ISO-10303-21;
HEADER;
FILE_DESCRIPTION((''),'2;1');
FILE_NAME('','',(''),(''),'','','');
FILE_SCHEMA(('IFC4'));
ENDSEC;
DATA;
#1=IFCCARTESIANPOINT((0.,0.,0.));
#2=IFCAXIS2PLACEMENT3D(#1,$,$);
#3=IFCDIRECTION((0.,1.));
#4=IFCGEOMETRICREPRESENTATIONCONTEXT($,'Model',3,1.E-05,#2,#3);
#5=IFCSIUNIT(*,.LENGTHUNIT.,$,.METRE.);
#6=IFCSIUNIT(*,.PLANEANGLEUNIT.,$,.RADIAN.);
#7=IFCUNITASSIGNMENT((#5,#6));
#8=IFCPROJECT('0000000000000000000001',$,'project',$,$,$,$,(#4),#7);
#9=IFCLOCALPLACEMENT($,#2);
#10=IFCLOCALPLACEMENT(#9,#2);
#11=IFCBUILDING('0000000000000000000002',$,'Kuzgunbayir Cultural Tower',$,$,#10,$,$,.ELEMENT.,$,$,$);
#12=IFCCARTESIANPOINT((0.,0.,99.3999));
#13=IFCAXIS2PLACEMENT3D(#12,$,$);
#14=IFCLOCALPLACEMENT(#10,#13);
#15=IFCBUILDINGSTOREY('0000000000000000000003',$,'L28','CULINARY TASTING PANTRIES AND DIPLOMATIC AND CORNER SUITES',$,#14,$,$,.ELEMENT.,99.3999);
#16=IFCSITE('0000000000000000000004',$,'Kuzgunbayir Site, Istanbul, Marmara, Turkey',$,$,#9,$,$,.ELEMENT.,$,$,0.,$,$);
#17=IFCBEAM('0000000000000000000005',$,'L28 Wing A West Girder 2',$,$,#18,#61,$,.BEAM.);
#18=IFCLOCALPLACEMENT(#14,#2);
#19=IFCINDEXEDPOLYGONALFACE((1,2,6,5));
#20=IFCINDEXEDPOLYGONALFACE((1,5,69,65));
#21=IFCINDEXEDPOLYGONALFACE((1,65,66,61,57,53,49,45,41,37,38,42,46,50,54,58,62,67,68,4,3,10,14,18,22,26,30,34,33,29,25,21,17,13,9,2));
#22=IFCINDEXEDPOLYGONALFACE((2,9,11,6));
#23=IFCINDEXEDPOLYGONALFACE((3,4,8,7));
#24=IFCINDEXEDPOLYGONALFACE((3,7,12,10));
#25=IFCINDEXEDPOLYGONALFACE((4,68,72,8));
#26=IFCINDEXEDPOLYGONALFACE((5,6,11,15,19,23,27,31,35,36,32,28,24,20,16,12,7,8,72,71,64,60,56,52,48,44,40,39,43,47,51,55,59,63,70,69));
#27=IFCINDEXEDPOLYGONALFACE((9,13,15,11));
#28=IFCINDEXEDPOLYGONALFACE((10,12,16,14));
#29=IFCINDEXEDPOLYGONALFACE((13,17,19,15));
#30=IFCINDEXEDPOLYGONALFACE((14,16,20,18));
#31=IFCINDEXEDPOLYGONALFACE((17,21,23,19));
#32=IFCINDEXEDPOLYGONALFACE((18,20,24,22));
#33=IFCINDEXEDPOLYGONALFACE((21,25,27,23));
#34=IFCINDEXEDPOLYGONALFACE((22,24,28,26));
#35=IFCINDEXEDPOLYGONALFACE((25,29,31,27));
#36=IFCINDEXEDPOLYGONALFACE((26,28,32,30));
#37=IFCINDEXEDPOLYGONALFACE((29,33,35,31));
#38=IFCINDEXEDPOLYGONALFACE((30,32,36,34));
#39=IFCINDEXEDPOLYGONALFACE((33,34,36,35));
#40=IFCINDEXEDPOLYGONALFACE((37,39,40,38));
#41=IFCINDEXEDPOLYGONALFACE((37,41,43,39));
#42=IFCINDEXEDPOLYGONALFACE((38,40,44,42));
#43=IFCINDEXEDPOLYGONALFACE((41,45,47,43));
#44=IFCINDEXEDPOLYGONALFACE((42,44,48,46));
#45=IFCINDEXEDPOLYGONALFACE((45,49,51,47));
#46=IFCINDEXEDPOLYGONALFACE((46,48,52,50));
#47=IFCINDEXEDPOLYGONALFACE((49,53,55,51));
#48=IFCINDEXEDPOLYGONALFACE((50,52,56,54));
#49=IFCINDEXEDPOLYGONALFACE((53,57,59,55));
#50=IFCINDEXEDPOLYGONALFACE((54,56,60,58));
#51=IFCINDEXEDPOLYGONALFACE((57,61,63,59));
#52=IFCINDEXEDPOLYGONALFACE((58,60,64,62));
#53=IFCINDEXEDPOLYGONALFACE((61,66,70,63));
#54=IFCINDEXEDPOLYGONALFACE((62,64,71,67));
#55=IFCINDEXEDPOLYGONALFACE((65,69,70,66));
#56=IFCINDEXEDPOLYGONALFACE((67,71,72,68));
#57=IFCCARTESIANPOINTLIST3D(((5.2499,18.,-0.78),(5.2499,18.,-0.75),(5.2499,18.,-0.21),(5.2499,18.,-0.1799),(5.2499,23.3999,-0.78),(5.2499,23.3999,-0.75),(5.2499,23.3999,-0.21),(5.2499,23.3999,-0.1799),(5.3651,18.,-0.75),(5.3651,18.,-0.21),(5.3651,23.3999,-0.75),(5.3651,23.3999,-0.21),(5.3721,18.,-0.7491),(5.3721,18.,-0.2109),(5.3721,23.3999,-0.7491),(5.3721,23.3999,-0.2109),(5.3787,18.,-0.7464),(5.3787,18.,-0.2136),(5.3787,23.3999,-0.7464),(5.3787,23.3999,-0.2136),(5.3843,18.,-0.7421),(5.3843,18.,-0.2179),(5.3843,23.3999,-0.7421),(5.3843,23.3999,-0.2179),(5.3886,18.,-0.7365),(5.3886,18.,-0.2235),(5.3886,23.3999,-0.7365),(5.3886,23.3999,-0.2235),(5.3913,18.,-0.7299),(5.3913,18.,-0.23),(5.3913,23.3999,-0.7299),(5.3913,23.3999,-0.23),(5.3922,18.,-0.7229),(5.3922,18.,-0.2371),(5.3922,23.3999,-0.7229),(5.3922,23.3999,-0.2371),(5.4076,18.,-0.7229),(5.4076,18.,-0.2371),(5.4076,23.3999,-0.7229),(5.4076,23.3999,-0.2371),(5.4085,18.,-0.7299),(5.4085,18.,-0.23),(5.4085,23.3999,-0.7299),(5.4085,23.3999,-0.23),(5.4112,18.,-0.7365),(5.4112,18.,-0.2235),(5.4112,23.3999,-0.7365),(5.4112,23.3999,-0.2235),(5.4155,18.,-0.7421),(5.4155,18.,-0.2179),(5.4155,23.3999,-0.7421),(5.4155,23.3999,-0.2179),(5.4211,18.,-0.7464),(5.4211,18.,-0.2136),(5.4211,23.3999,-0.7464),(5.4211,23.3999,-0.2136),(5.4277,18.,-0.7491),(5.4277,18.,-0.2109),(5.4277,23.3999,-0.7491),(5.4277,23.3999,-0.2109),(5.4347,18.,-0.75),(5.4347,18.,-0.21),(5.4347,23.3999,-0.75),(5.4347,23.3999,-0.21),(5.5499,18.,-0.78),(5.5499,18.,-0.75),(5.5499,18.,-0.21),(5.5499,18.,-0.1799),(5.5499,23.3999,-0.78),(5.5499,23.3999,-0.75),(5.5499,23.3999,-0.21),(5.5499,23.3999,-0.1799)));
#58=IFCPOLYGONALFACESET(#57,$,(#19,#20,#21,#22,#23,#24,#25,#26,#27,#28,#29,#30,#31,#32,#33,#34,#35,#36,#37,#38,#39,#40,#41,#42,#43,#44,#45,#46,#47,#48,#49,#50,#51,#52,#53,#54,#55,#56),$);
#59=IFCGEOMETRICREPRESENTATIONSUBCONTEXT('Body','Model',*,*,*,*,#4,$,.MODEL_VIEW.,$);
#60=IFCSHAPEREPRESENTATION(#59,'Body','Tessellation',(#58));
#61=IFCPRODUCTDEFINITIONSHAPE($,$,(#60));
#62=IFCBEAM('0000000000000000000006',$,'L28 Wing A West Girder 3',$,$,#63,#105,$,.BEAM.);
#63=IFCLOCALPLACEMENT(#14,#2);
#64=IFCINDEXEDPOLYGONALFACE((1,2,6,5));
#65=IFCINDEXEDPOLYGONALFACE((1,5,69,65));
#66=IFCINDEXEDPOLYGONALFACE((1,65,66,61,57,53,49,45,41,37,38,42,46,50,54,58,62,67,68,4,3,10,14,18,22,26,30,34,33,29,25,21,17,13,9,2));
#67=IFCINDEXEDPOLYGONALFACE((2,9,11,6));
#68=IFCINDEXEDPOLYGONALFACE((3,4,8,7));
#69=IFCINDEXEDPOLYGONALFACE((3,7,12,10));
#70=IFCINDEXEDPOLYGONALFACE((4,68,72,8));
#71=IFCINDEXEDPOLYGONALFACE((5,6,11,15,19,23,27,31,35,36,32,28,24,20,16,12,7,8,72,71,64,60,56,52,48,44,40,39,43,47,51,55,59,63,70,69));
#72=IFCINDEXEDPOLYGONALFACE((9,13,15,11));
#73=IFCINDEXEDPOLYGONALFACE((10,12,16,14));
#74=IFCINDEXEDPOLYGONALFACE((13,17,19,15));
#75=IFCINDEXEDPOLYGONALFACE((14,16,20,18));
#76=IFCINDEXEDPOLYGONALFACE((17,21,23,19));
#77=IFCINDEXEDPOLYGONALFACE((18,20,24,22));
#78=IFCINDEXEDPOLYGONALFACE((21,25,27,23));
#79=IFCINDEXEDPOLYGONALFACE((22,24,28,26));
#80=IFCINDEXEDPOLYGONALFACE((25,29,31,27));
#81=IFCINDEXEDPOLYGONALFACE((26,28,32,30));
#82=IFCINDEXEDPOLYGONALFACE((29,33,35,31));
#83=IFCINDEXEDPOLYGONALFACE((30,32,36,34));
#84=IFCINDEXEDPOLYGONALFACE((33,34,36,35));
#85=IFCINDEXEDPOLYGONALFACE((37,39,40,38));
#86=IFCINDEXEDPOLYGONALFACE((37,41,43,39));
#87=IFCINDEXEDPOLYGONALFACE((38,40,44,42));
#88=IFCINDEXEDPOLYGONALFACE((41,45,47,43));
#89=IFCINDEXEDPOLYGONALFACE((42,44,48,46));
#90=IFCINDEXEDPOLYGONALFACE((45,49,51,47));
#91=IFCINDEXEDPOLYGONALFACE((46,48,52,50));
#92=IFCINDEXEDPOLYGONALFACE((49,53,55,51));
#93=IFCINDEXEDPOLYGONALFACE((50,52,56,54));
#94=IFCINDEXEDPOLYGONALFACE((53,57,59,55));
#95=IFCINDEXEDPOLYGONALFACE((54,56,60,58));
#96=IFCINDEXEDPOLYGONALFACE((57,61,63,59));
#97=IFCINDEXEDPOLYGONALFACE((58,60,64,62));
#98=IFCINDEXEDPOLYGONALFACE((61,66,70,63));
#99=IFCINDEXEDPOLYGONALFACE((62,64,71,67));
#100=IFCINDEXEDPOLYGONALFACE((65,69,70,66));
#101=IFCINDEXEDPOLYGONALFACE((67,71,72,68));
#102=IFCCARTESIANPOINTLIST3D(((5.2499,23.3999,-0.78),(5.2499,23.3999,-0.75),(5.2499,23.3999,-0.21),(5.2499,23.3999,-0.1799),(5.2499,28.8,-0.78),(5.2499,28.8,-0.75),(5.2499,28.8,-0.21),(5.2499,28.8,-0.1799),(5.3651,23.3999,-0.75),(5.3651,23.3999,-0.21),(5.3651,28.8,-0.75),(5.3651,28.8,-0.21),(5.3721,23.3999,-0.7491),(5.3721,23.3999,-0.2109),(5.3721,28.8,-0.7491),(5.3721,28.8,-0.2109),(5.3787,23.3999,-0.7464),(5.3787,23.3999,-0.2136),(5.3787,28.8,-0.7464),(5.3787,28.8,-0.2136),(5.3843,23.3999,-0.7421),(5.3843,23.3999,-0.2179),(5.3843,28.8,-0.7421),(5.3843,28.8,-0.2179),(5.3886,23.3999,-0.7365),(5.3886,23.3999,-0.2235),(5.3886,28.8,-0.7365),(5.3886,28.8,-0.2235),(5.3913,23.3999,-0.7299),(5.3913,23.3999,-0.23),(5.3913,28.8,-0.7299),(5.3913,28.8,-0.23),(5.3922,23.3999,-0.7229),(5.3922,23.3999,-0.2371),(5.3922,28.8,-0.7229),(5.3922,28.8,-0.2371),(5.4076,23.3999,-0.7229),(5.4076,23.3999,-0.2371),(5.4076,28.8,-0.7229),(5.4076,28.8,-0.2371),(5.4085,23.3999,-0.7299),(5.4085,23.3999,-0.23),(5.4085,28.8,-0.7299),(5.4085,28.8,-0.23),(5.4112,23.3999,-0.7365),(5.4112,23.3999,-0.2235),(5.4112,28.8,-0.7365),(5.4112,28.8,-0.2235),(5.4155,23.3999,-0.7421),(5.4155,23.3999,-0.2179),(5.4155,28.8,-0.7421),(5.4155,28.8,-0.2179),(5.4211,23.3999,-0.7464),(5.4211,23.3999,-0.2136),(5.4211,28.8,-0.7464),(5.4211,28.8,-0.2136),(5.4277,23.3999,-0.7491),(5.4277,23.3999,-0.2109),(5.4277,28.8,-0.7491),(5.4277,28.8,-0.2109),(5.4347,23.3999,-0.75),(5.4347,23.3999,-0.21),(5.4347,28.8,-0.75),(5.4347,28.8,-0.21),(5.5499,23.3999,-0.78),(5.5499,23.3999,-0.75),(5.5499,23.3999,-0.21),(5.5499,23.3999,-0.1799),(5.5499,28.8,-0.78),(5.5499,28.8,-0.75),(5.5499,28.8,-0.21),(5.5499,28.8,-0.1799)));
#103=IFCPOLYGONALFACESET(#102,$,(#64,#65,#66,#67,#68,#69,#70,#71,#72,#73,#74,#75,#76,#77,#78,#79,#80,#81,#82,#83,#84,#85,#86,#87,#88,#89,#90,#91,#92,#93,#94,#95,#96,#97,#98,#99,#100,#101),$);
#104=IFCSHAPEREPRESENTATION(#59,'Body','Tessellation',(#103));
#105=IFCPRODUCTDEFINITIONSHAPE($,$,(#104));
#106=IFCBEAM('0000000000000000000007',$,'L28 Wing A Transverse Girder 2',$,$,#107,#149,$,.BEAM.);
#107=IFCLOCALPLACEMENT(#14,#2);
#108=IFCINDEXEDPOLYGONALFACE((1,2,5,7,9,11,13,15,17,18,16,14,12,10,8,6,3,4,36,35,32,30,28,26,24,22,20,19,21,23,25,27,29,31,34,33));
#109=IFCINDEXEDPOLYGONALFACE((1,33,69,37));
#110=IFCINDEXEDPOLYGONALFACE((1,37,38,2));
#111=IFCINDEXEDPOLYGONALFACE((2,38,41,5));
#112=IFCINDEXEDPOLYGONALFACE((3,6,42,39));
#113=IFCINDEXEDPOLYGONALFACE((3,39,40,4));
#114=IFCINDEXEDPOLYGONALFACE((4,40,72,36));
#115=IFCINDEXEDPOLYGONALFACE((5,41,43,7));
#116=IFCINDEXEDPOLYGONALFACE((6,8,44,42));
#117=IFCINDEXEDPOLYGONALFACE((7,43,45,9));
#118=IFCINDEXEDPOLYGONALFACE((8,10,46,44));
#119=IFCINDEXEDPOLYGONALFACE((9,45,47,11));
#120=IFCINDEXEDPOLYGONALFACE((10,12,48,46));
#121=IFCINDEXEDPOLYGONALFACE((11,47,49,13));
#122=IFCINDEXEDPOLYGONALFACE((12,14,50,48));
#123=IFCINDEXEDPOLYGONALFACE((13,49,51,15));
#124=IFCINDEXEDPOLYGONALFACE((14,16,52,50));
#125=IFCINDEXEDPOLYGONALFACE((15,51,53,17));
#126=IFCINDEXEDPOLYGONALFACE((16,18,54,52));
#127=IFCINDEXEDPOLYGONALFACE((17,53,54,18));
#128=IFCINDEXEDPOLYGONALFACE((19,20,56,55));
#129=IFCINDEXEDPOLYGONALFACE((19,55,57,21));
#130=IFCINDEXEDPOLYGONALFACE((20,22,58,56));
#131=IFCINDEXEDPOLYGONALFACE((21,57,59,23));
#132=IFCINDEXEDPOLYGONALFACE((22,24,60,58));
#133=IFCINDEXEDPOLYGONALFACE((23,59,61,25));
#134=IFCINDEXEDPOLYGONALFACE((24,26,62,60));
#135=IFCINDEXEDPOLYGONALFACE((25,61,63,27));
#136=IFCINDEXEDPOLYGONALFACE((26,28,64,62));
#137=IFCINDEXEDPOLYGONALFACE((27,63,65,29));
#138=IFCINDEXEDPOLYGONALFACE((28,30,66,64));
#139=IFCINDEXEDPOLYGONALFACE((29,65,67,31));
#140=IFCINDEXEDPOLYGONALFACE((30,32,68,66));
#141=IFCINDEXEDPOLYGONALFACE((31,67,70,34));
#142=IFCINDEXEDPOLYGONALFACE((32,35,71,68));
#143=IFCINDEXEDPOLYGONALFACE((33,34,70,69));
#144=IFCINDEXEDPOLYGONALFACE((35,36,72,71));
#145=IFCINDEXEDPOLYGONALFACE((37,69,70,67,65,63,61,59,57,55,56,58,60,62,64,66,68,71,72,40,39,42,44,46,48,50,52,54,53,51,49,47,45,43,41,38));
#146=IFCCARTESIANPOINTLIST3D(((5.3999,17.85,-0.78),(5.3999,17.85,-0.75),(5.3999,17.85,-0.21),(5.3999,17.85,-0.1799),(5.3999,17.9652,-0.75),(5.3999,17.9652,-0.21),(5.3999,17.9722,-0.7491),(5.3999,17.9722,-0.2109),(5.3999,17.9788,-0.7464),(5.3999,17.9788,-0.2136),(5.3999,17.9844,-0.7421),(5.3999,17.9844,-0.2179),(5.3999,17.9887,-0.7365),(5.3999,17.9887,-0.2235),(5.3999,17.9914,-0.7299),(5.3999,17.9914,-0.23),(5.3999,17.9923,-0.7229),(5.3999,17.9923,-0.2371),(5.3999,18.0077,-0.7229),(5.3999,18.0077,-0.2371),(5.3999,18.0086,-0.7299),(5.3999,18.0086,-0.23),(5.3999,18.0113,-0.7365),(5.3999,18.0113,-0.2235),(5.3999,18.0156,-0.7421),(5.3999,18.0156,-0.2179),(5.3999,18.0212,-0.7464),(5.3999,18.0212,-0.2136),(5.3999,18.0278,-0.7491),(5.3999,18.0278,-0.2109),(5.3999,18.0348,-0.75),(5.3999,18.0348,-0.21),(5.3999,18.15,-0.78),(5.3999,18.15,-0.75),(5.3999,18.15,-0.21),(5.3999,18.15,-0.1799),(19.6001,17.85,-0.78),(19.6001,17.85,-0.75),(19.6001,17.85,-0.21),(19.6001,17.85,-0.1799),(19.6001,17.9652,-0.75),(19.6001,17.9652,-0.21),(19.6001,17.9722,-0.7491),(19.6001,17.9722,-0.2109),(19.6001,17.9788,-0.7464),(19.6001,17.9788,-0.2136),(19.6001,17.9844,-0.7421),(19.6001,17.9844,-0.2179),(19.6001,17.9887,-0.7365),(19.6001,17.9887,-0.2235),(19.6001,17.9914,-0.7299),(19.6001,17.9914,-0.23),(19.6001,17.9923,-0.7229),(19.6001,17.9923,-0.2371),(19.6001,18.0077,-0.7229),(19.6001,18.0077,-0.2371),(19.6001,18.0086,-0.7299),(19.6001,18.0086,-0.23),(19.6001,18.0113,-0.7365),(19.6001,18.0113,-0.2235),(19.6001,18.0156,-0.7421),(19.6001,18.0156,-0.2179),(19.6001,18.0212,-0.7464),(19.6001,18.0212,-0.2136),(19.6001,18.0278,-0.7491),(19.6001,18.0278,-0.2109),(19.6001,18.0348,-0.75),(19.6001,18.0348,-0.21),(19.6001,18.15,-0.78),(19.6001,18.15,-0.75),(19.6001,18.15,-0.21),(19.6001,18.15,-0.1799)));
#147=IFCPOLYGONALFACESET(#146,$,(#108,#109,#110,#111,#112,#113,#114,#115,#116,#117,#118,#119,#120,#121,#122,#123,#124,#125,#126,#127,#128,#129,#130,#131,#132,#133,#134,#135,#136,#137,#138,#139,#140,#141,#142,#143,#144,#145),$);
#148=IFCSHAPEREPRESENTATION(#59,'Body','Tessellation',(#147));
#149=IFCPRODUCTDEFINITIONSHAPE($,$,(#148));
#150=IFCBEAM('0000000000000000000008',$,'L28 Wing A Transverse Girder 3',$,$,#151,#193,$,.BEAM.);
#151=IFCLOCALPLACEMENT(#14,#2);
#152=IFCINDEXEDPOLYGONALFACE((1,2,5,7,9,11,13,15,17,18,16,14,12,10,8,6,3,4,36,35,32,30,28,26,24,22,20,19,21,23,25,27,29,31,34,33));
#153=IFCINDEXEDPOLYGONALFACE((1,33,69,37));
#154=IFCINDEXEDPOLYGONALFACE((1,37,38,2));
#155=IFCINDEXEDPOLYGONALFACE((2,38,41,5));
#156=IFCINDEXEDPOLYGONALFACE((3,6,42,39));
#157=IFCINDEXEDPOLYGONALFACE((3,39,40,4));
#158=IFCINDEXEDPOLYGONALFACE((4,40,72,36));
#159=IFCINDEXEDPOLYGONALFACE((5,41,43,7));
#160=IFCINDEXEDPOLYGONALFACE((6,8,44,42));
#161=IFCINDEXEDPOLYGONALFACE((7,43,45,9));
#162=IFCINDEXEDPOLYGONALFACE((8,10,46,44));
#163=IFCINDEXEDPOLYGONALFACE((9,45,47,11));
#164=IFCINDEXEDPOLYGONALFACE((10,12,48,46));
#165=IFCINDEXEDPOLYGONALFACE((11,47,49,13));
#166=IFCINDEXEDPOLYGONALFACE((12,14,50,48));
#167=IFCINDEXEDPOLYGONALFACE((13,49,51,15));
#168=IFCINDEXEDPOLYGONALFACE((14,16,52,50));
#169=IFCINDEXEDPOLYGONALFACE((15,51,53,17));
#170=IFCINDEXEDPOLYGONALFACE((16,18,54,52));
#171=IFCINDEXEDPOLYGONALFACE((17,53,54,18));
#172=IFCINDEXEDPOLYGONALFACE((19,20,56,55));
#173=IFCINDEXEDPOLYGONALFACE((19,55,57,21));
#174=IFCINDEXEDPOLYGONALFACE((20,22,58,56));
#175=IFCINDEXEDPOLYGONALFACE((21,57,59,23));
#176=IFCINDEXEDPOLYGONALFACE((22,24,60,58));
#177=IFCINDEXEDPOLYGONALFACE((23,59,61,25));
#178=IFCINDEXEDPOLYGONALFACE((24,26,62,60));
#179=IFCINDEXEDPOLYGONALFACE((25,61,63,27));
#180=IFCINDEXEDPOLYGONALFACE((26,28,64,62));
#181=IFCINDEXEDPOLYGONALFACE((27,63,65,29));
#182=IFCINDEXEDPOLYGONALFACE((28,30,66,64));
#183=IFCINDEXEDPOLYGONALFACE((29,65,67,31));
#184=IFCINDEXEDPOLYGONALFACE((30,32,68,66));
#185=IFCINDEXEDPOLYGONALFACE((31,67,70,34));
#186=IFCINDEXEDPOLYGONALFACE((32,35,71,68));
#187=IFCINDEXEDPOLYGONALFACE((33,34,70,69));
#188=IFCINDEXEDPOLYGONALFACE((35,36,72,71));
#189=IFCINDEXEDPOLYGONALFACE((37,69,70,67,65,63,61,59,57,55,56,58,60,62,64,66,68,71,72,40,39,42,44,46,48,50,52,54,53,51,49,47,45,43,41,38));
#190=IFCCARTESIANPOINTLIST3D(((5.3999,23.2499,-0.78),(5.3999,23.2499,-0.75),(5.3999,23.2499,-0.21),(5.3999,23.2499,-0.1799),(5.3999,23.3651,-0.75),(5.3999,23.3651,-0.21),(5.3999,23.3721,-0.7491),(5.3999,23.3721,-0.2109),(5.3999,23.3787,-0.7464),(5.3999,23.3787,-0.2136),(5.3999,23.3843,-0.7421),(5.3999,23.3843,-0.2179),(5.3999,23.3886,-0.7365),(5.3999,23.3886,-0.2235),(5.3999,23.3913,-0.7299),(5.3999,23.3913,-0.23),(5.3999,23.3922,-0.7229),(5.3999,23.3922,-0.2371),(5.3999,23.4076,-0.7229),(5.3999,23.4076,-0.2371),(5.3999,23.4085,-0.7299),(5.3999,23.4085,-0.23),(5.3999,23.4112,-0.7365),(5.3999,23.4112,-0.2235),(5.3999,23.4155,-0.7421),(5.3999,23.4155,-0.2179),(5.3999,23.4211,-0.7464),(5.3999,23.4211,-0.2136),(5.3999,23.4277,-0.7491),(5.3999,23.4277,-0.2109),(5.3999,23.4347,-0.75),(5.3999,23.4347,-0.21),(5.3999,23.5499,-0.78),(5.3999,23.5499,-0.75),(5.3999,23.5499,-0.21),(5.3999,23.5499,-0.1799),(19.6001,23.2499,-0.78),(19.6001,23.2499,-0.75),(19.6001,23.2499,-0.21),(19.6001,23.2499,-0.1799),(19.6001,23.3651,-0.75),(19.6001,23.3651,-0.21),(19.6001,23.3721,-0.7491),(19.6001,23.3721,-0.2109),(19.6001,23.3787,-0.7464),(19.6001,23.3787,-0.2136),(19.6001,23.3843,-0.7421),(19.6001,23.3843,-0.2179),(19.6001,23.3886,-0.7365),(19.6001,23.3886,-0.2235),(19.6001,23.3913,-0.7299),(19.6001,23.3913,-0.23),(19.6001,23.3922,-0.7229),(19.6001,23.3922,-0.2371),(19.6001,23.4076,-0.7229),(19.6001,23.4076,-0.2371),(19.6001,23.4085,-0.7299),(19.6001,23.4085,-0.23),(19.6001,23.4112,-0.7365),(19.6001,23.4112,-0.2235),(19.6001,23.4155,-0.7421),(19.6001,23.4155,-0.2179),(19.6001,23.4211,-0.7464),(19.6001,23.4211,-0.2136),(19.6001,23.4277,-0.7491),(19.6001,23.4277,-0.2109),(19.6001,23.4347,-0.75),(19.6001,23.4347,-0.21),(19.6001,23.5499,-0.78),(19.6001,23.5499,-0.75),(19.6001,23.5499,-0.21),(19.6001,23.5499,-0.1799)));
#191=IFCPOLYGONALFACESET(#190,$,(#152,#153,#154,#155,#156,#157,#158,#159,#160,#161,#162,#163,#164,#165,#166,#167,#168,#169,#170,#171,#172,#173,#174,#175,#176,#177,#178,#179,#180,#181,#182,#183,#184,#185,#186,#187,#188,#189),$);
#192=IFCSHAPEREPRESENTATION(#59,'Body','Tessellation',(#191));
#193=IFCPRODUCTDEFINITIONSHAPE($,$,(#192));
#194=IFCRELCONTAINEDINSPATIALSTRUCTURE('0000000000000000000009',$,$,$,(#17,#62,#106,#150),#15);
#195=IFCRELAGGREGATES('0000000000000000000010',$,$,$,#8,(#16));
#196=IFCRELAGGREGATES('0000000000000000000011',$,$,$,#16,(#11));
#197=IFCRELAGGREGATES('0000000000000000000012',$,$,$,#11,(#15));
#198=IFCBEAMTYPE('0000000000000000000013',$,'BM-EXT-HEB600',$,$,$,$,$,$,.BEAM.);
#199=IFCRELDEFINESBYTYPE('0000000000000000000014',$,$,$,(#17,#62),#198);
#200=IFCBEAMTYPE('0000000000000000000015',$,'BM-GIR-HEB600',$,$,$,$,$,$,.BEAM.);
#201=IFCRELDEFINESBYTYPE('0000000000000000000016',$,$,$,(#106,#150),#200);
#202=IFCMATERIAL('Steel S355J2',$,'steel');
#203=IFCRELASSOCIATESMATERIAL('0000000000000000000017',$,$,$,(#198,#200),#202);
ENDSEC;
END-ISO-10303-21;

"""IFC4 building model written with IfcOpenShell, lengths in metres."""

from ifc_helpers import new_model, si_unit, direction, frame, origin, origin_2d, place, context, subcontext, project, spatial, i_section, extrude, material, material_profile, profile_set, type_object, element, save


model = new_model("IFC4")

# Units and contexts
model_context = context("Model", 3, precision=1e-05, world=origin(), true_north=direction((0.0, 1.0)))
body_context = subcontext(model_context, "Body", "Model", "MODEL_VIEW")
ifc_project = project(units=[si_unit("LENGTHUNIT", "METRE"), si_unit("PLANEANGLEUNIT", "RADIAN")], contexts=[model_context])

# Site, building, storey
site_placement = place(None, origin())
site = spatial("IfcSite", under=ifc_project, at=site_placement, Name="Kuzgunbayir Site, Istanbul, Marmara, Turkey", CompositionType="ELEMENT", RefElevation=0.0)
building_placement = place(site_placement, origin())
building = spatial("IfcBuilding", under=site, at=building_placement, Name="Kuzgunbayir Cultural Tower", CompositionType="ELEMENT")
storey_placement = place(building_placement, frame((0.0, 0.0, 99.3999)))
storey = spatial("IfcBuildingStorey", under=building, at=storey_placement, Name="L28", Description="CULINARY TASTING PANTRIES AND DIPLOMATIC AND CORNER SUITES", CompositionType="ELEMENT", Elevation=99.3999)

# Beams
ifc_material_1 = material(Name="Steel S355J2", Category="steel")
ifc_material_profile_1 = material_profile(ifc_material_1, i_section(OverallWidth=0.3, OverallDepth=0.6001, WebThickness=0.0154, FlangeThickness=0.03, FilletRadius=0.0271, at=origin_2d()), Name="HEB 600")
ifc_profile_set_1 = profile_set([ifc_material_profile_1], Name="Steel S355J2")
beam_type_1 = type_object("IfcBeamType", Name="BM-EXT-HEB600", PredefinedType="BEAM", material=ifc_profile_set_1)
beam_1_placement = place(storey_placement, frame((5.3999, 18.0, -0.48), z_axis=(0.0, 1.0, 0.0), x_axis=(-1.0, 0.0, 0.0)))
element("IfcBeam", 1, at=beam_1_placement, inside=storey, type_object=beam_type_1, Name="L28 Wing A West Girder 2", PredefinedType="BEAM", context=body_context, shape_type="SweptSolid", body=[
    extrude(i_section(OverallWidth=0.3, OverallDepth=0.6001, WebThickness=0.0154, FlangeThickness=0.03, FilletRadius=0.0271, at=origin_2d()), origin(), (0.0, 0.0, 1.0), 5.3999),
])
beam_2_placement = place(storey_placement, frame((5.3999, 23.3999, -0.48), z_axis=(0.0, 1.0, 0.0), x_axis=(-1.0, 0.0, 0.0)))
element("IfcBeam", 2, at=beam_2_placement, inside=storey, type_object=beam_type_1, Name="L28 Wing A West Girder 3", PredefinedType="BEAM", context=body_context, shape_type="SweptSolid", body=[
    extrude(i_section(OverallWidth=0.3, OverallDepth=0.6001, WebThickness=0.0154, FlangeThickness=0.03, FilletRadius=0.0271, at=origin_2d()), origin(), (0.0, 0.0, 1.0), 5.4001),
])
ifc_material_profile_2 = material_profile(ifc_material_1, i_section(OverallWidth=0.3, OverallDepth=0.6001, WebThickness=0.0154, FlangeThickness=0.03, FilletRadius=0.0271, at=origin_2d()), Name="HEB 600")
ifc_profile_set_2 = profile_set([ifc_material_profile_2], Name="Steel S355J2")
beam_type_2 = type_object("IfcBeamType", Name="BM-GIR-HEB600", PredefinedType="BEAM", material=ifc_profile_set_2)
for number, where, z_axis, x_axis, name in (
    (3, (5.3999, 18.0, -0.48), (1.0, 0.0, 0.0), (0.0, 1.0, 0.0), "L28 Wing A Transverse Girder 2"),
    (4, (5.3999, 23.3999, -0.48), (1.0, 0.0, 0.0), (0.0, 1.0, 0.0), "L28 Wing A Transverse Girder 3"),
):
    element("IfcBeam", number, at=place(storey_placement, frame(where, z_axis=z_axis, x_axis=x_axis)), inside=storey, type_object=beam_type_2, Name=name, PredefinedType="BEAM", context=body_context, shape_type="SweptSolid", body=[
        extrude(i_section(OverallWidth=0.3, OverallDepth=0.6001, WebThickness=0.0154, FlangeThickness=0.03, FilletRadius=0.0271, at=origin_2d()), origin(), (0.0, 0.0, 1.0), 14.2002),
    ])

save(model, "model.ifc")
